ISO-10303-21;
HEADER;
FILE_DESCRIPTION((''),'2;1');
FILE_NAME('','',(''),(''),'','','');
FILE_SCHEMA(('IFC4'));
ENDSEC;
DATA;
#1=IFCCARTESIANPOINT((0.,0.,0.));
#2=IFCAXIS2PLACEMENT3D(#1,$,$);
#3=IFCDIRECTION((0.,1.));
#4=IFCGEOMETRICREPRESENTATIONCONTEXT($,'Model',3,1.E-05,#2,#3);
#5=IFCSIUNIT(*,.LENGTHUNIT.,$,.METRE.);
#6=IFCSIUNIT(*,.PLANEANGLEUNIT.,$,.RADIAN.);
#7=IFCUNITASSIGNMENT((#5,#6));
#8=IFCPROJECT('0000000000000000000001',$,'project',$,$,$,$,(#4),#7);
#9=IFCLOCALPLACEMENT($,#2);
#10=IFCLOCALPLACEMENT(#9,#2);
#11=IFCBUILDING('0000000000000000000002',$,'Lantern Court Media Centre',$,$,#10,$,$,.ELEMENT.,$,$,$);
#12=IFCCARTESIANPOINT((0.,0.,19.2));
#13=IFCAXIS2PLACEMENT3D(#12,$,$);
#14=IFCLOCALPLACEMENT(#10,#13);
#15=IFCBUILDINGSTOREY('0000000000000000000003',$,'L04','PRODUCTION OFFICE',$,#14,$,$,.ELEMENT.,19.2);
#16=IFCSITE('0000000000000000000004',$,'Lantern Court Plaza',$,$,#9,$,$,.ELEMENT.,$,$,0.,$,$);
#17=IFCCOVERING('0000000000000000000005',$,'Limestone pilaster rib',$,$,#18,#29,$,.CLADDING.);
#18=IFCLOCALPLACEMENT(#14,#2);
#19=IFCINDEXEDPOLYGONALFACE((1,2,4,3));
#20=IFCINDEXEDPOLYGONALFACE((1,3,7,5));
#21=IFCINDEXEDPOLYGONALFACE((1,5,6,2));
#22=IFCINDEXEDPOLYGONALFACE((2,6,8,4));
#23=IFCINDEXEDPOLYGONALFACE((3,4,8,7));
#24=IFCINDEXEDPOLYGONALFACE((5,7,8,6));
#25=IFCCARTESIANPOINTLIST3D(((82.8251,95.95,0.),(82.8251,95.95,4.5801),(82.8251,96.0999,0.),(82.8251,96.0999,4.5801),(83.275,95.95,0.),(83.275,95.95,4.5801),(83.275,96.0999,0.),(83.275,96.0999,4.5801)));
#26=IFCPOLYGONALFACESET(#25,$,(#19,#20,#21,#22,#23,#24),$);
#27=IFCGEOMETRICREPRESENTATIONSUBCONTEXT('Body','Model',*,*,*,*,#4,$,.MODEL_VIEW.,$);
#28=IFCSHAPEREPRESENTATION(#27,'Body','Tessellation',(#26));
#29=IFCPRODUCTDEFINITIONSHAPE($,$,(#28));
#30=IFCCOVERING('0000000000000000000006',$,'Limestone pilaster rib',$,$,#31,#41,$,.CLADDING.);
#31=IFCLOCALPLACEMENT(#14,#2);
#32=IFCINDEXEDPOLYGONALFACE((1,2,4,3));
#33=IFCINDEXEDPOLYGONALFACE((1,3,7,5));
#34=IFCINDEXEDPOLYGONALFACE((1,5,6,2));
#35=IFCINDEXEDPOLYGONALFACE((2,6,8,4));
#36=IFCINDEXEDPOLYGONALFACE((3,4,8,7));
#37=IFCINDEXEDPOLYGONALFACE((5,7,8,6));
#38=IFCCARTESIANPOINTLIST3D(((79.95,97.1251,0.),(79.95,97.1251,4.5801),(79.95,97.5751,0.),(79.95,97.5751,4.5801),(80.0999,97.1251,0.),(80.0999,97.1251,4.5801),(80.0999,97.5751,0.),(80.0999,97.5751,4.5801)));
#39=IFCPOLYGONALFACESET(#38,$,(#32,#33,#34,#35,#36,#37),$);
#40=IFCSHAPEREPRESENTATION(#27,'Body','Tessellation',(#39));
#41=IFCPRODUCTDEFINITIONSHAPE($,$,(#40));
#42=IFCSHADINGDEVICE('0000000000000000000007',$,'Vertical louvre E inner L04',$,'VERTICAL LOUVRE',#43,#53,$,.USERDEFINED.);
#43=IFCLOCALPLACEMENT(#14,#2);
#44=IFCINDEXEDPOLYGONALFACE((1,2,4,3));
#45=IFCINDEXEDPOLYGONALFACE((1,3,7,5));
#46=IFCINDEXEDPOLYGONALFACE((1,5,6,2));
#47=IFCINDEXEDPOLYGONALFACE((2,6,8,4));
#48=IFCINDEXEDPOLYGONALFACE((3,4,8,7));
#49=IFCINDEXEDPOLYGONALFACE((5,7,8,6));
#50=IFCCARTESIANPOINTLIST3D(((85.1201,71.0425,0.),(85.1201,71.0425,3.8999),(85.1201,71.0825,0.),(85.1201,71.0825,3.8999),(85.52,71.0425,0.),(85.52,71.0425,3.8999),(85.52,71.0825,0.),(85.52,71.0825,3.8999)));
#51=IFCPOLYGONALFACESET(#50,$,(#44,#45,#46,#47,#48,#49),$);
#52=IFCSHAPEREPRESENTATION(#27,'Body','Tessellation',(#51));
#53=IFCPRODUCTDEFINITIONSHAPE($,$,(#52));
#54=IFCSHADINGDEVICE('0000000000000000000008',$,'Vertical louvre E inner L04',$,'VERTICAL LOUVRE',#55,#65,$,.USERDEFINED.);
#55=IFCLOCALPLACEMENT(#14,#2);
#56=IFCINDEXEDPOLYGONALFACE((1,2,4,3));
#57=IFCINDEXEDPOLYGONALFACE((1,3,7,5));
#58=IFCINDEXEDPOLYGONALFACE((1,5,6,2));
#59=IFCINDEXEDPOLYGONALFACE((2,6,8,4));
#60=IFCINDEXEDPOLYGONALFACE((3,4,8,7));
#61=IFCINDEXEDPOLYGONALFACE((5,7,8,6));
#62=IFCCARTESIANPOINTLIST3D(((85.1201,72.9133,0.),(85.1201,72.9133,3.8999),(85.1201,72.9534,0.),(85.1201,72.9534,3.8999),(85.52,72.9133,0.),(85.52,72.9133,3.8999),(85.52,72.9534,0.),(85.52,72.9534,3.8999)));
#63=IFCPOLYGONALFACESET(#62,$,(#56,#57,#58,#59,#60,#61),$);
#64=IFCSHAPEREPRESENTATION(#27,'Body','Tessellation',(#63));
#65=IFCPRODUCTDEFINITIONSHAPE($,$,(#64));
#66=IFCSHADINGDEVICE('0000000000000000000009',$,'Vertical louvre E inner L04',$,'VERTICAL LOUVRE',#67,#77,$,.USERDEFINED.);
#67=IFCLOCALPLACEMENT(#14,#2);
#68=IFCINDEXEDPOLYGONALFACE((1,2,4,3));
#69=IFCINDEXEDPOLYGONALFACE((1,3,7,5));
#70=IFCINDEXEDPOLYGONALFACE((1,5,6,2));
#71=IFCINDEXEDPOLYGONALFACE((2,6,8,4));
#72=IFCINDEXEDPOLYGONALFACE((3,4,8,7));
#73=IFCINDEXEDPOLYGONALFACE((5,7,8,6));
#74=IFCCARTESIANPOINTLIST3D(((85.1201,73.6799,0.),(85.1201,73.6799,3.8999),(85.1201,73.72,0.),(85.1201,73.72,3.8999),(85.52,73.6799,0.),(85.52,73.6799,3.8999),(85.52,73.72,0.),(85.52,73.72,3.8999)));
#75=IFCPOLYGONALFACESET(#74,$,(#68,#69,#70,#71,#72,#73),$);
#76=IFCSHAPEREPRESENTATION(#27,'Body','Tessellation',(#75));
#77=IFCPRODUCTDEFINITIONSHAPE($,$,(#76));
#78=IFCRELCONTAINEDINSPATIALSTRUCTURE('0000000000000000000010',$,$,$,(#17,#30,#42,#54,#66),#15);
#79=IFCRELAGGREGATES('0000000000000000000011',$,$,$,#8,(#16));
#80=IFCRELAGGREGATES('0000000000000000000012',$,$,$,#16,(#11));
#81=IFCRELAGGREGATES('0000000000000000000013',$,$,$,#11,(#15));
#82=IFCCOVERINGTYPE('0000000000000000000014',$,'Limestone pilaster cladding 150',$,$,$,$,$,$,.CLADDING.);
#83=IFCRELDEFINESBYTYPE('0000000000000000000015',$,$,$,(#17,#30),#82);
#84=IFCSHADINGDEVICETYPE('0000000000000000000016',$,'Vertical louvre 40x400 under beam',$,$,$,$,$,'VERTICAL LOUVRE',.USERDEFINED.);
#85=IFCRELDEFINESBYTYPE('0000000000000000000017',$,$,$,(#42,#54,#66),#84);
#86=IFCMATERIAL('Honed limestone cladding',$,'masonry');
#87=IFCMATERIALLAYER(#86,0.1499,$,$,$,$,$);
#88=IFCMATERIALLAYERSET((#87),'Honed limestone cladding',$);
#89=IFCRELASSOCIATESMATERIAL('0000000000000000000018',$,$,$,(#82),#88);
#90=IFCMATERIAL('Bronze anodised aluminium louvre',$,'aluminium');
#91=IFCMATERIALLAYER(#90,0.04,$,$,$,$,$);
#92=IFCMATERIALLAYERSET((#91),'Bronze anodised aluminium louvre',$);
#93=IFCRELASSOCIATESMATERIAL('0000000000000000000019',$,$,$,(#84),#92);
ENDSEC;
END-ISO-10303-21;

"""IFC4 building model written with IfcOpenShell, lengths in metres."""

from ifc_helpers import new_model, si_unit, direction, frame, frame_2d, origin, origin_2d, place, context, subcontext, project, spatial, rectangle, extrude, material, layer, layer_set, type_object, element, save


model = new_model("IFC4")

# Units and contexts
model_context = context("Model", 3, precision=1e-05, world=origin(), true_north=direction((0.0, 1.0)))
body_context = subcontext(model_context, "Body", "Model", "MODEL_VIEW")
ifc_project = project(units=[si_unit("LENGTHUNIT", "METRE"), si_unit("PLANEANGLEUNIT", "RADIAN")], contexts=[model_context])

# Site, building, storey
site_placement = place(None, origin())
site = spatial("IfcSite", under=ifc_project, at=site_placement, Name="Lantern Court Plaza", CompositionType="ELEMENT", RefElevation=0.0)
building_placement = place(site_placement, origin())
building = spatial("IfcBuilding", under=site, at=building_placement, Name="Lantern Court Media Centre", CompositionType="ELEMENT")
storey_placement = place(building_placement, frame((0.0, 0.0, 19.2)))
storey = spatial("IfcBuildingStorey", under=building, at=storey_placement, Name="L04", Description="PRODUCTION OFFICE", CompositionType="ELEMENT", Elevation=19.2)

# Coverings
ifc_material_1 = material(Name="Honed limestone cladding", Category="masonry")
ifc_layer_1 = layer(ifc_material_1, 0.1499)
ifc_layer_set_1 = layer_set([ifc_layer_1], Name="Honed limestone cladding")
covering_type_1 = type_object("IfcCoveringType", Name="Limestone pilaster cladding 150", PredefinedType="CLADDING", material=ifc_layer_set_1)
for number, where, z_axis, x_axis, name in (
    (1, (82.825, 96.0249, 0.0), (0.0, 0.0, 1.0), (1.0, 0.0, 0.0), "Limestone pilaster rib"),
    (2, (80.0249, 97.125, 0.0), (0.0, 0.0, 1.0), (0.0, 1.0, 0.0), "Limestone pilaster rib"),
):
    element("IfcCovering", number, at=place(storey_placement, frame(where, z_axis=z_axis, x_axis=x_axis)), inside=storey, type_object=covering_type_1, Name=name, PredefinedType="CLADDING", context=body_context, shape_type="SweptSolid", body=[
        extrude(rectangle(XDim=0.45, YDim=0.1499, at=frame_2d((0.2251, 0.0))), origin(), (0.0, 0.0, 1.0), 4.5801),
    ])

# Shading devices
ifc_material_2 = material(Name="Bronze anodised aluminium louvre", Category="aluminium")
ifc_layer_2 = layer(ifc_material_2, 0.04)
ifc_layer_set_2 = layer_set([ifc_layer_2], Name="Bronze anodised aluminium louvre")
shading_device_type = type_object("IfcShadingDeviceType", Name="Vertical louvre 40x400 under beam", ElementType="VERTICAL LOUVRE", PredefinedType="USERDEFINED", material=ifc_layer_set_2)
for number, where, z_axis, x_axis, name in (
    (3, (85.3201, 71.0625, 0.0), (0.0, 0.0, 1.0), (1.0, 0.0, 0.0), "Vertical louvre E inner L04"),
    (4, (85.3201, 72.9333, 0.0), (0.0, 0.0, 1.0), (1.0, 0.0, 0.0), "Vertical louvre E inner L04"),
    (5, (85.3201, 73.7, 0.0), (0.0, 0.0, 1.0), (1.0, 0.0, 0.0), "Vertical louvre E inner L04"),
):
    element("IfcShadingDevice", number, at=place(storey_placement, frame(where, z_axis=z_axis, x_axis=x_axis)), inside=storey, type_object=shading_device_type, Name=name, ObjectType="VERTICAL LOUVRE", PredefinedType="USERDEFINED", context=body_context, shape_type="SweptSolid", body=[
        extrude(rectangle(XDim=0.3999, YDim=0.04, at=origin_2d()), origin(), (0.0, 0.0, 1.0), 3.8999),
    ])

save(model, "model.ifc")
